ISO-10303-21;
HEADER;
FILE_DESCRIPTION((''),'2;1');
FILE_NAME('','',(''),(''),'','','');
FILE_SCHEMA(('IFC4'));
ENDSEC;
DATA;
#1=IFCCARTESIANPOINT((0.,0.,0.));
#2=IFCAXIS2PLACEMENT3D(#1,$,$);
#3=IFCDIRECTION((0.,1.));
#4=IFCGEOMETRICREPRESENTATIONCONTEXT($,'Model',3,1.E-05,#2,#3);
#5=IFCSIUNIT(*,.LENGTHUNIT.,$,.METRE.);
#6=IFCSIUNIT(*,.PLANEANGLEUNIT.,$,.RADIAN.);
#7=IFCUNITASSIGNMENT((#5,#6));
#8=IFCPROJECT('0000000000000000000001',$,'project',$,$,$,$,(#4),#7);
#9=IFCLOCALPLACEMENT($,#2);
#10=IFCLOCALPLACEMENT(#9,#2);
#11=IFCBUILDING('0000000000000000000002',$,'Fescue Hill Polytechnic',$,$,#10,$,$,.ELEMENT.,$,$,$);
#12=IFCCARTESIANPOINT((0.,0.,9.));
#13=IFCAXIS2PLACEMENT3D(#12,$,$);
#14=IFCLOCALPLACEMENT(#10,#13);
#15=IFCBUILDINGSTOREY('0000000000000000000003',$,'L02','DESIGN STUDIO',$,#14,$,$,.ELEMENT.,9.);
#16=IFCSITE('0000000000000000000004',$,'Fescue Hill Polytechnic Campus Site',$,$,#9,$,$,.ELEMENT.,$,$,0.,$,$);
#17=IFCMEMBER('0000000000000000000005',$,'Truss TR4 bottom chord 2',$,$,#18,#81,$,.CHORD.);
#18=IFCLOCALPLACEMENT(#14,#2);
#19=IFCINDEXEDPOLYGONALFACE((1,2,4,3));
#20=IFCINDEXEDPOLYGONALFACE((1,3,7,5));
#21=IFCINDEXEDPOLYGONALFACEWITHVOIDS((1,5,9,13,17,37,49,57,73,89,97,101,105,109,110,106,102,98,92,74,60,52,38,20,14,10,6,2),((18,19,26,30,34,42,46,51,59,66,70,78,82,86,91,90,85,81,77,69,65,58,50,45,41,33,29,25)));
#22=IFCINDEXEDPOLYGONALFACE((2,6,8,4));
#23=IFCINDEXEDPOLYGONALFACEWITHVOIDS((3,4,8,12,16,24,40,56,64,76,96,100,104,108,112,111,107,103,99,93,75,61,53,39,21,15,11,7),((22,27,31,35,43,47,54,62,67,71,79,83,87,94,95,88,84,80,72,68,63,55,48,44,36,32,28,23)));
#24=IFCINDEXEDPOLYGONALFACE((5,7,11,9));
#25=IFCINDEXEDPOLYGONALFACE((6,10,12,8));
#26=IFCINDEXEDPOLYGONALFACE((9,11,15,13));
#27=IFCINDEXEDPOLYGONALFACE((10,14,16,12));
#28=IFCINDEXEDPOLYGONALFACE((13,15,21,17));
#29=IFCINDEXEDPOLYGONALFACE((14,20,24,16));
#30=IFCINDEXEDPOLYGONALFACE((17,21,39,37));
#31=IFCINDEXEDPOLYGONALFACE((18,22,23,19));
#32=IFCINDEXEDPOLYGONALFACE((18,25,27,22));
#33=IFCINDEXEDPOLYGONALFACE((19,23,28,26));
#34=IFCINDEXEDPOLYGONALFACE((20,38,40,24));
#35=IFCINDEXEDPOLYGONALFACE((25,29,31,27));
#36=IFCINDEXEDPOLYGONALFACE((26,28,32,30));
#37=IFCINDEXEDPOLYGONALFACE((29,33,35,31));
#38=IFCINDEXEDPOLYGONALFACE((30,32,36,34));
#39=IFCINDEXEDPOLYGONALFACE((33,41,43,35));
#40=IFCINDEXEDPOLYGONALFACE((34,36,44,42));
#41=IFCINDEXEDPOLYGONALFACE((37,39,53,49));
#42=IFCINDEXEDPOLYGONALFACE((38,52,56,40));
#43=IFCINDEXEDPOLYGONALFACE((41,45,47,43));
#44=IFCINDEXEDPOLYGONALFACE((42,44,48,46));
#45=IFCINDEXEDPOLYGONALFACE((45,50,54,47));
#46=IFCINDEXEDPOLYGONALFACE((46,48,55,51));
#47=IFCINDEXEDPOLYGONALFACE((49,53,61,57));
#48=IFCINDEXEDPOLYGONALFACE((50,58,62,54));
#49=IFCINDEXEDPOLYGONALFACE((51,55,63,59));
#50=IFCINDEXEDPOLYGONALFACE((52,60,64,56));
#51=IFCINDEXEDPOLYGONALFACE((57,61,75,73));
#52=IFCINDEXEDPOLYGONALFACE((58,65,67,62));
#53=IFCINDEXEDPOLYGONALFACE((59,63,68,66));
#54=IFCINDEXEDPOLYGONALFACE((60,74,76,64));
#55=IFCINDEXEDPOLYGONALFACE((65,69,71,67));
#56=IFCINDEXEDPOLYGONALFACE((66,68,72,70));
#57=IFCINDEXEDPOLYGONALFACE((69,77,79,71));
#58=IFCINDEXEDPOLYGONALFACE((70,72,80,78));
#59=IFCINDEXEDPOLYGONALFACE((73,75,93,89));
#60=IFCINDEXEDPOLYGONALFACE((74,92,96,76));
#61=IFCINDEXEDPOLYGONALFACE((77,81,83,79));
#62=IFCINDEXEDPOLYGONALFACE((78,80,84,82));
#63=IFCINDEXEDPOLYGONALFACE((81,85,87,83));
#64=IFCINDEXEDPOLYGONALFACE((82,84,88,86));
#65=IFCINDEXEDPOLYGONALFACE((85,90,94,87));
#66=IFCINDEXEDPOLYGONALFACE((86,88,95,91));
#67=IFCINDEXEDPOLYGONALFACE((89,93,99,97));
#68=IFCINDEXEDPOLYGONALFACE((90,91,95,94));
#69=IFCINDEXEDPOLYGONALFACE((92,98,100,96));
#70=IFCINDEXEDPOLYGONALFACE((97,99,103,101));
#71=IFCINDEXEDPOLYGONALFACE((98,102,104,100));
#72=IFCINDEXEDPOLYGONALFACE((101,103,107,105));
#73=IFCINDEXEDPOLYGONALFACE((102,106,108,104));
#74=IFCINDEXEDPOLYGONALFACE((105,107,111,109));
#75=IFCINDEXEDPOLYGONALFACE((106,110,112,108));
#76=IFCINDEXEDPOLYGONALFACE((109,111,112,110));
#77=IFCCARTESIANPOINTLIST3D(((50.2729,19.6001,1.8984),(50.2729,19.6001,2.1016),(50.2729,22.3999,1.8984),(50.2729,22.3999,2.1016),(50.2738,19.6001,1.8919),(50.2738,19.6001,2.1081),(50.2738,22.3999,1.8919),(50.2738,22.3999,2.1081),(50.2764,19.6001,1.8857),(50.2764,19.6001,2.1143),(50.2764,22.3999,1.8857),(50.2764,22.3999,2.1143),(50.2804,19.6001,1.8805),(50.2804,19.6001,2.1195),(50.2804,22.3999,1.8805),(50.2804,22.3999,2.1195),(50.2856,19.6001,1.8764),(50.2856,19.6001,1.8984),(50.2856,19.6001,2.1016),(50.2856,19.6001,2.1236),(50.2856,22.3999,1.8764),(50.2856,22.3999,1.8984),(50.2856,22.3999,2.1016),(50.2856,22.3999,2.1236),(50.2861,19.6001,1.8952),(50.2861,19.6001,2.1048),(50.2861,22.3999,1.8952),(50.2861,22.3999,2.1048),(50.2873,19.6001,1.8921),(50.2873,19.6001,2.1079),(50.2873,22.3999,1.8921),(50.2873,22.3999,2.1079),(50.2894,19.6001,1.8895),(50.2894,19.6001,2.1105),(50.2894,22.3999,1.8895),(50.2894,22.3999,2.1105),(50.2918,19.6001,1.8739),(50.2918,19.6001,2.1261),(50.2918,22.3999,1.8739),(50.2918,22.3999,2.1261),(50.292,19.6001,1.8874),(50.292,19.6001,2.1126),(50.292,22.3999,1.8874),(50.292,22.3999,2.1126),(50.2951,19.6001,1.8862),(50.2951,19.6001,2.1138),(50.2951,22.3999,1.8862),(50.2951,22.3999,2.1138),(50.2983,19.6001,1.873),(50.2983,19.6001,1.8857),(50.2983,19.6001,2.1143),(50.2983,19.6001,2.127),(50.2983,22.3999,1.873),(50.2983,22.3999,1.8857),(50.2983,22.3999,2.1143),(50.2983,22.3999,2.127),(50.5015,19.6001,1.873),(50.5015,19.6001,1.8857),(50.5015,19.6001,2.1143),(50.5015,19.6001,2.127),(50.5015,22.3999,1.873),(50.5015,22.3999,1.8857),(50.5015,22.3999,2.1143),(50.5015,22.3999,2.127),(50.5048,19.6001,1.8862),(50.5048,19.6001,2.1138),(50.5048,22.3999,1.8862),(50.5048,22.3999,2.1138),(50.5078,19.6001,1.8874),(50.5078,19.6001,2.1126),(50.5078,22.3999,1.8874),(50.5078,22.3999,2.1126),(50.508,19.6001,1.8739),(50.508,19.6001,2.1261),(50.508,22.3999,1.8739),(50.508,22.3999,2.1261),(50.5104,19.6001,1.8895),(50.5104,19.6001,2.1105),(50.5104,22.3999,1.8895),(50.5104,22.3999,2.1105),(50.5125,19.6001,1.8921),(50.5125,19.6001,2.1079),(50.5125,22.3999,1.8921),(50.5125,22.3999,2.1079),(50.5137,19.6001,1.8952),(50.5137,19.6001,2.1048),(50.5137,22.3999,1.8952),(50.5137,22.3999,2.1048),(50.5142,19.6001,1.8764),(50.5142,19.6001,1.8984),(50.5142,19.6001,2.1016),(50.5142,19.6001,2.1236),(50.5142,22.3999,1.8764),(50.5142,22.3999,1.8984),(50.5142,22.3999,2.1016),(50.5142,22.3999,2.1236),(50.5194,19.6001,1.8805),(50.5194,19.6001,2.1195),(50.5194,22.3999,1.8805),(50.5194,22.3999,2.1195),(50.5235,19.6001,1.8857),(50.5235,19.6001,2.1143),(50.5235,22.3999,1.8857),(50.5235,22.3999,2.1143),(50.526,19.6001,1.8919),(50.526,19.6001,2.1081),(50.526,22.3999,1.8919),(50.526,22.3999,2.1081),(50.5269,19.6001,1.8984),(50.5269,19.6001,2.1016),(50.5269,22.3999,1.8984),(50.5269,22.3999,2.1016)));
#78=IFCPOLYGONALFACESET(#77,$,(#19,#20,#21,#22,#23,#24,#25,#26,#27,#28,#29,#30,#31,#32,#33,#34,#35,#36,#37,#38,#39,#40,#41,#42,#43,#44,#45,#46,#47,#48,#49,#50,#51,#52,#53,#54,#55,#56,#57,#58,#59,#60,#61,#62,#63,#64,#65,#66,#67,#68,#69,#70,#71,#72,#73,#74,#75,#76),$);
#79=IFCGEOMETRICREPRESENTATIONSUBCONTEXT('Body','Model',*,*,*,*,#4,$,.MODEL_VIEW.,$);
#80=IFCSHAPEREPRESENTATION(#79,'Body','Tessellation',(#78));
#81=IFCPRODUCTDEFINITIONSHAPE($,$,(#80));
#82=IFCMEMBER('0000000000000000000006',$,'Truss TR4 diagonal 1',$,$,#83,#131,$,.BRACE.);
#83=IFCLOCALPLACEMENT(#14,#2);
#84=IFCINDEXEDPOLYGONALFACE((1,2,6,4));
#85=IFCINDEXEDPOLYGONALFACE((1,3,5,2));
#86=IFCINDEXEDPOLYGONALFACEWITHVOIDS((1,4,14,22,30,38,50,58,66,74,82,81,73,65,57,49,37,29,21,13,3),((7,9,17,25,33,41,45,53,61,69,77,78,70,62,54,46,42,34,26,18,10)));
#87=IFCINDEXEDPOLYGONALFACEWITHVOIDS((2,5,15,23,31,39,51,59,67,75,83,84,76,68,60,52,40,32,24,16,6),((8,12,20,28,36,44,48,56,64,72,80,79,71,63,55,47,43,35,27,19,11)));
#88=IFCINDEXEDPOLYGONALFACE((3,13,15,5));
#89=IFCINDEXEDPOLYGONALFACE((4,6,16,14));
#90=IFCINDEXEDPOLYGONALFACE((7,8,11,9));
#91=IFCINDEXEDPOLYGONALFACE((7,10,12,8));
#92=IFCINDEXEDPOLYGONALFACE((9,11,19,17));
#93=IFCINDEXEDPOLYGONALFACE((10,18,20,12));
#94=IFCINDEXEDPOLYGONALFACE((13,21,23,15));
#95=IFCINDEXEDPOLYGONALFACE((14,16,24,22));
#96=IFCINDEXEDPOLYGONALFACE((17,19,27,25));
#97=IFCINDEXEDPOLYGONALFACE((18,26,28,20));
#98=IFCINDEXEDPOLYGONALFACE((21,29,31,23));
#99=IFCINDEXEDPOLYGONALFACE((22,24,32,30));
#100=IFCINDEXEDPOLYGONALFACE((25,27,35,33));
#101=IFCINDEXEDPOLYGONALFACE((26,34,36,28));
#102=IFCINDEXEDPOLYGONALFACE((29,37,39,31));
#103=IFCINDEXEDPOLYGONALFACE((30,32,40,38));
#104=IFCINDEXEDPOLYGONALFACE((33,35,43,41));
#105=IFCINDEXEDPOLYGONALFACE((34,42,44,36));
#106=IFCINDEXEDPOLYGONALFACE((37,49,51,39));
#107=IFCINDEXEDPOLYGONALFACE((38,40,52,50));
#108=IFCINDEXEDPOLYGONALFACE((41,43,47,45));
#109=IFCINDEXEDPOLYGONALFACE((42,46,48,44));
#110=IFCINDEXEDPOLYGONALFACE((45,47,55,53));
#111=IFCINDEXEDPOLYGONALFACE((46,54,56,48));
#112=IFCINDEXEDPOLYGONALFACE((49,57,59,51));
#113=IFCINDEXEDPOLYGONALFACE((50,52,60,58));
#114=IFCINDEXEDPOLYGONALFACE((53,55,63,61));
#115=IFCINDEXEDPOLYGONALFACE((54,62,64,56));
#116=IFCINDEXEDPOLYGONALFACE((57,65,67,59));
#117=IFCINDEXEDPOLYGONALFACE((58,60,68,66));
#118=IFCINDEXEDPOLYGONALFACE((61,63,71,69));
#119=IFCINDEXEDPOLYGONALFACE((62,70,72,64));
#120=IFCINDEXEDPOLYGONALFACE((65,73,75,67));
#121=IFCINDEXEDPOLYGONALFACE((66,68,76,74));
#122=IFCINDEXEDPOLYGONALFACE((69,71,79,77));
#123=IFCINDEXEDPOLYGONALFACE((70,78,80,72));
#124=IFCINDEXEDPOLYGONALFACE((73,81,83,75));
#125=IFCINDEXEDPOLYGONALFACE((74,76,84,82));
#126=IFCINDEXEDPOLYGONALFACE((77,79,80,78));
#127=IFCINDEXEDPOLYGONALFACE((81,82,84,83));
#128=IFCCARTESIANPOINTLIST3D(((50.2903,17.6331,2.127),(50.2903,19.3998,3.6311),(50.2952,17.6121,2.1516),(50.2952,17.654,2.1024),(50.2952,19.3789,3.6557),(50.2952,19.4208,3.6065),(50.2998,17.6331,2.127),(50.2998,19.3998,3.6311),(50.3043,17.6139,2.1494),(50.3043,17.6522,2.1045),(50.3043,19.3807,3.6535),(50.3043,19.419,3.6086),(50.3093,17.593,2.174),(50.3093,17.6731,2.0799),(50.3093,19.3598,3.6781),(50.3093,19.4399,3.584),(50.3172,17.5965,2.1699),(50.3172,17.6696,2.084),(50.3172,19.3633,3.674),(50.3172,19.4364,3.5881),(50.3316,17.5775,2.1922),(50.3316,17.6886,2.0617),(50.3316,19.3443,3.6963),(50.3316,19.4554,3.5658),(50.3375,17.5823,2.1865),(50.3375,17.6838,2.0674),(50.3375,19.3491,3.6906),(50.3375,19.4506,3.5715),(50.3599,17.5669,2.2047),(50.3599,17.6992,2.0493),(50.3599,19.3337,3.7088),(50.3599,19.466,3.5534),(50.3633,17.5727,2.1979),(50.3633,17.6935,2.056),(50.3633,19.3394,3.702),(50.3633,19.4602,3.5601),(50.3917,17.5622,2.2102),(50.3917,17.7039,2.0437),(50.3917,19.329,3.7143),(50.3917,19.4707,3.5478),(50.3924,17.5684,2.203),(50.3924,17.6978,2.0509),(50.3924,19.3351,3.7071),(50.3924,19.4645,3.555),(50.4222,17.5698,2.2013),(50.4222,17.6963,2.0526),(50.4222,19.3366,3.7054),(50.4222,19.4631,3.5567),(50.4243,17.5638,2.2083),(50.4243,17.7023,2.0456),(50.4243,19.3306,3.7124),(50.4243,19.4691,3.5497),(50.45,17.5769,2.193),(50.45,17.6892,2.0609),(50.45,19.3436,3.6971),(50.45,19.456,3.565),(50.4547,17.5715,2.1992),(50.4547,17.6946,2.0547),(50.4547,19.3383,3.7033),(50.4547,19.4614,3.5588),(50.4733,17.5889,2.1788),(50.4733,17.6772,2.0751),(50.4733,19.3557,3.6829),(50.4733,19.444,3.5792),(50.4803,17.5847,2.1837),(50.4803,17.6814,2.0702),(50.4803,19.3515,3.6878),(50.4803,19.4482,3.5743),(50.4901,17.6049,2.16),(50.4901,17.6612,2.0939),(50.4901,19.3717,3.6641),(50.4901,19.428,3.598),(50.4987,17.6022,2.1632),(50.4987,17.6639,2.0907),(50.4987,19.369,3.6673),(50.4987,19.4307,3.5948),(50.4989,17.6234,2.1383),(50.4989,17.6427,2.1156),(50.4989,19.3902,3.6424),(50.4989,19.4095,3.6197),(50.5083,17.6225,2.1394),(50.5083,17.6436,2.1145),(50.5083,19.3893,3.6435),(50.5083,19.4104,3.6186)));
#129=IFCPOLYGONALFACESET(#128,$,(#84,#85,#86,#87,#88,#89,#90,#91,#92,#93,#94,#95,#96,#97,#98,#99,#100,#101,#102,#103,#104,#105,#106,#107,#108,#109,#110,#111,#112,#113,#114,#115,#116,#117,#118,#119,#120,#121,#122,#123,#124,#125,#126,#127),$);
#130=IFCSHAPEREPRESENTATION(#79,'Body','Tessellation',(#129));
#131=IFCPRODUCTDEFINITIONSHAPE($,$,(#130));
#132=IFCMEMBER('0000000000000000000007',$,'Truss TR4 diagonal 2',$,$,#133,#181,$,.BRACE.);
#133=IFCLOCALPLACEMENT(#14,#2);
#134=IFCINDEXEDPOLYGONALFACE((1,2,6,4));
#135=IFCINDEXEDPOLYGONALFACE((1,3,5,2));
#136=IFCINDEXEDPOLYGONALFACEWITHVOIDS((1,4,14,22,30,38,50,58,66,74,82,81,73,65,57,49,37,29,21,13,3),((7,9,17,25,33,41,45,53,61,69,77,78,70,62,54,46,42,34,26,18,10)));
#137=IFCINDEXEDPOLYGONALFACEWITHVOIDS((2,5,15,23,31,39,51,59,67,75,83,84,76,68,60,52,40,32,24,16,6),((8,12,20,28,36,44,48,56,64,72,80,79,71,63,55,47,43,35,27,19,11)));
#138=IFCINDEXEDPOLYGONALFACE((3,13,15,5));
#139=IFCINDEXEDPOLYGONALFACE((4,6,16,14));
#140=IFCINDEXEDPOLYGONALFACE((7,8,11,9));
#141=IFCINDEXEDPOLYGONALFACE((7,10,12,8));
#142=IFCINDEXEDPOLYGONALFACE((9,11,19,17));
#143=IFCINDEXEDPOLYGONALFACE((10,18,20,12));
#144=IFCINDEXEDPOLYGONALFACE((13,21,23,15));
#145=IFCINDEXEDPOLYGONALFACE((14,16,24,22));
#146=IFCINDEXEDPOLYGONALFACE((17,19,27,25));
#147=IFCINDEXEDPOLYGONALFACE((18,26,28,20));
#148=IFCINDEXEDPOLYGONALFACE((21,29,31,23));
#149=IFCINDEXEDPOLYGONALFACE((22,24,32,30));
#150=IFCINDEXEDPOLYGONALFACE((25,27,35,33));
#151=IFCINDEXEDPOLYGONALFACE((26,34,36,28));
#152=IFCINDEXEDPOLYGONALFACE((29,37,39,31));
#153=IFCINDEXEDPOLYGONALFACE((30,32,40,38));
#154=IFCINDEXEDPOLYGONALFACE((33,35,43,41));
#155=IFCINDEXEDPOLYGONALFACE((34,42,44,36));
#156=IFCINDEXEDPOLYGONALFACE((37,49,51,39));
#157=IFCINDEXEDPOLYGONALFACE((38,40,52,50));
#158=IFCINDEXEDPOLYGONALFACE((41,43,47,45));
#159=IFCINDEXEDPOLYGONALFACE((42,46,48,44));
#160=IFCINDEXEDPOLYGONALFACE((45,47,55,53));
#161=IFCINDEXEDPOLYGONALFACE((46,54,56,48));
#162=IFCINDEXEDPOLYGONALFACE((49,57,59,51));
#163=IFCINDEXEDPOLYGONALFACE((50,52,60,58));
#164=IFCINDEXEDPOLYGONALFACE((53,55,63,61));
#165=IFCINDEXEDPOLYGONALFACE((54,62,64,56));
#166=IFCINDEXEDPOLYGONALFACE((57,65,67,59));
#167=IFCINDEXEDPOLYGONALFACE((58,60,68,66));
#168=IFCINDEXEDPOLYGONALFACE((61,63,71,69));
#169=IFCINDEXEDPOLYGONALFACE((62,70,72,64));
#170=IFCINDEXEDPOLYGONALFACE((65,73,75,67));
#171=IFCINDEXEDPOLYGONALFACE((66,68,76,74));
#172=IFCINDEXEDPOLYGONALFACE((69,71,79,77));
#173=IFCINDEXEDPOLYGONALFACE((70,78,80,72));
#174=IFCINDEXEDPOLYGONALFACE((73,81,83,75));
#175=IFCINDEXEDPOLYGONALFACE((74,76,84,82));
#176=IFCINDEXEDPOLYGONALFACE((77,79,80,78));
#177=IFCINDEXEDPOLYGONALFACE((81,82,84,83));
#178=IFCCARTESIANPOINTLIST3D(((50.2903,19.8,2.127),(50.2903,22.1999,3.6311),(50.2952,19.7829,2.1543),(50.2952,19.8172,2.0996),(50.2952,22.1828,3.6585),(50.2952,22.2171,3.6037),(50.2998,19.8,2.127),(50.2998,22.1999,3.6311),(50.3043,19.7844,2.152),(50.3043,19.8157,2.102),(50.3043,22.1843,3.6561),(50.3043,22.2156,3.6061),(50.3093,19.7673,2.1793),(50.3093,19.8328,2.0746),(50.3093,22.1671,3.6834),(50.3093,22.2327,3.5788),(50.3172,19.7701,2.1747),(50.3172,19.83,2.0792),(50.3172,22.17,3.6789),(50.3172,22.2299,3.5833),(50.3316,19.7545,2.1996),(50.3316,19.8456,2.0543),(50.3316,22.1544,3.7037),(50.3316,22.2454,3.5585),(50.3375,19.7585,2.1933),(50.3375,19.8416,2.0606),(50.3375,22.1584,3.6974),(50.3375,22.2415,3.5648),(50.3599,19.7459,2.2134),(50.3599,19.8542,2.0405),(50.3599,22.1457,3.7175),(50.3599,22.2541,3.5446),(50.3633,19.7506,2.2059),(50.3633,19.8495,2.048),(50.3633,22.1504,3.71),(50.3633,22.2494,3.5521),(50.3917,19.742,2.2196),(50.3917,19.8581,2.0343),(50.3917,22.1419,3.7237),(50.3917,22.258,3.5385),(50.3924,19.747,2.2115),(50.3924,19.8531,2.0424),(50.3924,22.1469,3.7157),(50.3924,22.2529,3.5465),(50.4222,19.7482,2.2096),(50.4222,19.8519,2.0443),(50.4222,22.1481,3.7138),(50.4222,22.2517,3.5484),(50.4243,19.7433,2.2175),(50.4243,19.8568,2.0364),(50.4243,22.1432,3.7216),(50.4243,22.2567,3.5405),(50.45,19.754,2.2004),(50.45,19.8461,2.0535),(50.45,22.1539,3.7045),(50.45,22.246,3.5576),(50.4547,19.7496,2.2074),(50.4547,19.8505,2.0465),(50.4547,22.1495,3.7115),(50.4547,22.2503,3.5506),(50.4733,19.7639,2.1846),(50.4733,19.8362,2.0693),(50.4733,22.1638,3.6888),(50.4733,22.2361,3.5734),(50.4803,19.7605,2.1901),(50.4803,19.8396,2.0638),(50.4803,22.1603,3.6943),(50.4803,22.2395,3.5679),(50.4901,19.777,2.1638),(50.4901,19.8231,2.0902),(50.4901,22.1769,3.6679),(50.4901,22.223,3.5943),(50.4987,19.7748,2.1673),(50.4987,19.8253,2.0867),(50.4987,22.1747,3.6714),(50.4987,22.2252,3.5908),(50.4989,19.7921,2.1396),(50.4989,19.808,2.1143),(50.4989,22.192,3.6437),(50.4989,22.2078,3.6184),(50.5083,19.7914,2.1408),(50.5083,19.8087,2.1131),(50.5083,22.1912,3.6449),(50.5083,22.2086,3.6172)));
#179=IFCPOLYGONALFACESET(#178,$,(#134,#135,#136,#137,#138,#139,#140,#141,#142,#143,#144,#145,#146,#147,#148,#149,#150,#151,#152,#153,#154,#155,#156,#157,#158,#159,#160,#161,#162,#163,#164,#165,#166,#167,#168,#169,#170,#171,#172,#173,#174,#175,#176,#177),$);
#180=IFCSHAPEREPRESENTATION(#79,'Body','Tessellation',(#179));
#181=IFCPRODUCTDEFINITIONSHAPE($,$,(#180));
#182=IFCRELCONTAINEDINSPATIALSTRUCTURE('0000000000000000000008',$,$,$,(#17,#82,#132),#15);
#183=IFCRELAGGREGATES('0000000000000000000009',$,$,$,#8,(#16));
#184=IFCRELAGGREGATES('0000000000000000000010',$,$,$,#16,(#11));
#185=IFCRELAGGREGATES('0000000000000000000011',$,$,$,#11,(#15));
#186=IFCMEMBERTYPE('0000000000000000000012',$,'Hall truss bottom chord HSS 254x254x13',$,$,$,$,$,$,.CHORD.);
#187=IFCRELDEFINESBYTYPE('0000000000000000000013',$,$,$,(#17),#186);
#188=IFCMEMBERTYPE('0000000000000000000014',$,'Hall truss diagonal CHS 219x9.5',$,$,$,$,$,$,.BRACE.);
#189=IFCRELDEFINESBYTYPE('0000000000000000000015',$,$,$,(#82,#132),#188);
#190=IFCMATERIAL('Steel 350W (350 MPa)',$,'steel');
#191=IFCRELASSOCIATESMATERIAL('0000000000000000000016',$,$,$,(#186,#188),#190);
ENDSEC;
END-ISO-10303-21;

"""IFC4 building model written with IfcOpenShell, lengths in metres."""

from ifc_helpers import new_model, si_unit, direction, frame, origin, origin_2d, place, context, subcontext, project, spatial, hollow_rectangle, hollow_circle, extrude, material, material_profile, profile_set, type_object, element, save


model = new_model("IFC4")

# Units and contexts
model_context = context("Model", 3, precision=1e-05, world=origin(), true_north=direction((0.0, 1.0)))
body_context = subcontext(model_context, "Body", "Model", "MODEL_VIEW")
ifc_project = project(units=[si_unit("LENGTHUNIT", "METRE"), si_unit("PLANEANGLEUNIT", "RADIAN")], contexts=[model_context])

# Site, building, storey
site_placement = place(None, origin())
site = spatial("IfcSite", under=ifc_project, at=site_placement, Name="Fescue Hill Polytechnic Campus Site", CompositionType="ELEMENT", RefElevation=0.0)
building_placement = place(site_placement, origin())
building = spatial("IfcBuilding", under=site, at=building_placement, Name="Fescue Hill Polytechnic", CompositionType="ELEMENT")
storey_placement = place(building_placement, frame((0.0, 0.0, 9.0)))
storey = spatial("IfcBuildingStorey", under=building, at=storey_placement, Name="L02", Description="DESIGN STUDIO", CompositionType="ELEMENT", Elevation=9.0)

# Members
ifc_material_1 = material(Name="Steel 350W (350 MPa)", Category="steel")
ifc_material_profile_1 = material_profile(ifc_material_1, hollow_rectangle(XDim=0.2539, YDim=0.2539, WallThickness=0.0127, InnerFilletRadius=0.0127, OuterFilletRadius=0.0254, at=origin_2d()), Name="Hall truss bottom chord HSS 254x254x13")
ifc_profile_set_1 = profile_set([ifc_material_profile_1], Name="Steel 350W (350 MPa)")
member_type_1 = type_object("IfcMemberType", Name="Hall truss bottom chord HSS 254x254x13", PredefinedType="CHORD", material=ifc_profile_set_1)
member_1_placement = place(storey_placement, frame((50.3999, 19.6001, 2.0), z_axis=(0.0, 1.0, 0.0), x_axis=(-1.0, 0.0, 0.0)))
element("IfcMember", 1, at=member_1_placement, inside=storey, type_object=member_type_1, Name="Truss TR4 bottom chord 2", PredefinedType="CHORD", context=body_context, shape_type="SweptSolid", body=[
    extrude(hollow_rectangle(XDim=0.2539, YDim=0.2539, WallThickness=0.0127, InnerFilletRadius=0.0127, OuterFilletRadius=0.0254, at=origin_2d()), origin(), (0.0, 0.0, 1.0), 2.7998),
])
ifc_material_profile_2 = material_profile(ifc_material_1, hollow_circle(Radius=0.1096, WallThickness=0.0095, at=origin_2d()), Name="Hall truss diagonal CHS 219x9.5")
ifc_profile_set_2 = profile_set([ifc_material_profile_2], Name="Steel 350W (350 MPa)")
member_type_2 = type_object("IfcMemberType", Name="Hall truss diagonal CHS 219x9.5", PredefinedType="BRACE", material=ifc_profile_set_2)
member_2_placement = place(storey_placement, frame((50.3999, 17.6331, 2.127), z_axis=(0.0, 0.761443, 0.648232), x_axis=(-1.0, 0.0, 0.0)))
element("IfcMember", 2, at=member_2_placement, inside=storey, type_object=member_type_2, Name="Truss TR4 diagonal 1", PredefinedType="BRACE", context=body_context, shape_type="SweptSolid", body=[
    extrude(hollow_circle(Radius=0.1096, WallThickness=0.0095, at=origin_2d()), origin(), (0.0, 0.0, 1.0), 2.3203),
])
member_3_placement = place(storey_placement, frame((50.3999, 19.8, 2.127), z_axis=(0.0, 0.847329, 0.531068), x_axis=(-1.0, 0.0, 0.0)))
element("IfcMember", 3, at=member_3_placement, inside=storey, type_object=member_type_2, Name="Truss TR4 diagonal 2", PredefinedType="BRACE", context=body_context, shape_type="SweptSolid", body=[
    extrude(hollow_circle(Radius=0.1096, WallThickness=0.0095, at=origin_2d()), origin(), (0.0, 0.0, 1.0), 2.8323),
])

save(model, "model.ifc")
